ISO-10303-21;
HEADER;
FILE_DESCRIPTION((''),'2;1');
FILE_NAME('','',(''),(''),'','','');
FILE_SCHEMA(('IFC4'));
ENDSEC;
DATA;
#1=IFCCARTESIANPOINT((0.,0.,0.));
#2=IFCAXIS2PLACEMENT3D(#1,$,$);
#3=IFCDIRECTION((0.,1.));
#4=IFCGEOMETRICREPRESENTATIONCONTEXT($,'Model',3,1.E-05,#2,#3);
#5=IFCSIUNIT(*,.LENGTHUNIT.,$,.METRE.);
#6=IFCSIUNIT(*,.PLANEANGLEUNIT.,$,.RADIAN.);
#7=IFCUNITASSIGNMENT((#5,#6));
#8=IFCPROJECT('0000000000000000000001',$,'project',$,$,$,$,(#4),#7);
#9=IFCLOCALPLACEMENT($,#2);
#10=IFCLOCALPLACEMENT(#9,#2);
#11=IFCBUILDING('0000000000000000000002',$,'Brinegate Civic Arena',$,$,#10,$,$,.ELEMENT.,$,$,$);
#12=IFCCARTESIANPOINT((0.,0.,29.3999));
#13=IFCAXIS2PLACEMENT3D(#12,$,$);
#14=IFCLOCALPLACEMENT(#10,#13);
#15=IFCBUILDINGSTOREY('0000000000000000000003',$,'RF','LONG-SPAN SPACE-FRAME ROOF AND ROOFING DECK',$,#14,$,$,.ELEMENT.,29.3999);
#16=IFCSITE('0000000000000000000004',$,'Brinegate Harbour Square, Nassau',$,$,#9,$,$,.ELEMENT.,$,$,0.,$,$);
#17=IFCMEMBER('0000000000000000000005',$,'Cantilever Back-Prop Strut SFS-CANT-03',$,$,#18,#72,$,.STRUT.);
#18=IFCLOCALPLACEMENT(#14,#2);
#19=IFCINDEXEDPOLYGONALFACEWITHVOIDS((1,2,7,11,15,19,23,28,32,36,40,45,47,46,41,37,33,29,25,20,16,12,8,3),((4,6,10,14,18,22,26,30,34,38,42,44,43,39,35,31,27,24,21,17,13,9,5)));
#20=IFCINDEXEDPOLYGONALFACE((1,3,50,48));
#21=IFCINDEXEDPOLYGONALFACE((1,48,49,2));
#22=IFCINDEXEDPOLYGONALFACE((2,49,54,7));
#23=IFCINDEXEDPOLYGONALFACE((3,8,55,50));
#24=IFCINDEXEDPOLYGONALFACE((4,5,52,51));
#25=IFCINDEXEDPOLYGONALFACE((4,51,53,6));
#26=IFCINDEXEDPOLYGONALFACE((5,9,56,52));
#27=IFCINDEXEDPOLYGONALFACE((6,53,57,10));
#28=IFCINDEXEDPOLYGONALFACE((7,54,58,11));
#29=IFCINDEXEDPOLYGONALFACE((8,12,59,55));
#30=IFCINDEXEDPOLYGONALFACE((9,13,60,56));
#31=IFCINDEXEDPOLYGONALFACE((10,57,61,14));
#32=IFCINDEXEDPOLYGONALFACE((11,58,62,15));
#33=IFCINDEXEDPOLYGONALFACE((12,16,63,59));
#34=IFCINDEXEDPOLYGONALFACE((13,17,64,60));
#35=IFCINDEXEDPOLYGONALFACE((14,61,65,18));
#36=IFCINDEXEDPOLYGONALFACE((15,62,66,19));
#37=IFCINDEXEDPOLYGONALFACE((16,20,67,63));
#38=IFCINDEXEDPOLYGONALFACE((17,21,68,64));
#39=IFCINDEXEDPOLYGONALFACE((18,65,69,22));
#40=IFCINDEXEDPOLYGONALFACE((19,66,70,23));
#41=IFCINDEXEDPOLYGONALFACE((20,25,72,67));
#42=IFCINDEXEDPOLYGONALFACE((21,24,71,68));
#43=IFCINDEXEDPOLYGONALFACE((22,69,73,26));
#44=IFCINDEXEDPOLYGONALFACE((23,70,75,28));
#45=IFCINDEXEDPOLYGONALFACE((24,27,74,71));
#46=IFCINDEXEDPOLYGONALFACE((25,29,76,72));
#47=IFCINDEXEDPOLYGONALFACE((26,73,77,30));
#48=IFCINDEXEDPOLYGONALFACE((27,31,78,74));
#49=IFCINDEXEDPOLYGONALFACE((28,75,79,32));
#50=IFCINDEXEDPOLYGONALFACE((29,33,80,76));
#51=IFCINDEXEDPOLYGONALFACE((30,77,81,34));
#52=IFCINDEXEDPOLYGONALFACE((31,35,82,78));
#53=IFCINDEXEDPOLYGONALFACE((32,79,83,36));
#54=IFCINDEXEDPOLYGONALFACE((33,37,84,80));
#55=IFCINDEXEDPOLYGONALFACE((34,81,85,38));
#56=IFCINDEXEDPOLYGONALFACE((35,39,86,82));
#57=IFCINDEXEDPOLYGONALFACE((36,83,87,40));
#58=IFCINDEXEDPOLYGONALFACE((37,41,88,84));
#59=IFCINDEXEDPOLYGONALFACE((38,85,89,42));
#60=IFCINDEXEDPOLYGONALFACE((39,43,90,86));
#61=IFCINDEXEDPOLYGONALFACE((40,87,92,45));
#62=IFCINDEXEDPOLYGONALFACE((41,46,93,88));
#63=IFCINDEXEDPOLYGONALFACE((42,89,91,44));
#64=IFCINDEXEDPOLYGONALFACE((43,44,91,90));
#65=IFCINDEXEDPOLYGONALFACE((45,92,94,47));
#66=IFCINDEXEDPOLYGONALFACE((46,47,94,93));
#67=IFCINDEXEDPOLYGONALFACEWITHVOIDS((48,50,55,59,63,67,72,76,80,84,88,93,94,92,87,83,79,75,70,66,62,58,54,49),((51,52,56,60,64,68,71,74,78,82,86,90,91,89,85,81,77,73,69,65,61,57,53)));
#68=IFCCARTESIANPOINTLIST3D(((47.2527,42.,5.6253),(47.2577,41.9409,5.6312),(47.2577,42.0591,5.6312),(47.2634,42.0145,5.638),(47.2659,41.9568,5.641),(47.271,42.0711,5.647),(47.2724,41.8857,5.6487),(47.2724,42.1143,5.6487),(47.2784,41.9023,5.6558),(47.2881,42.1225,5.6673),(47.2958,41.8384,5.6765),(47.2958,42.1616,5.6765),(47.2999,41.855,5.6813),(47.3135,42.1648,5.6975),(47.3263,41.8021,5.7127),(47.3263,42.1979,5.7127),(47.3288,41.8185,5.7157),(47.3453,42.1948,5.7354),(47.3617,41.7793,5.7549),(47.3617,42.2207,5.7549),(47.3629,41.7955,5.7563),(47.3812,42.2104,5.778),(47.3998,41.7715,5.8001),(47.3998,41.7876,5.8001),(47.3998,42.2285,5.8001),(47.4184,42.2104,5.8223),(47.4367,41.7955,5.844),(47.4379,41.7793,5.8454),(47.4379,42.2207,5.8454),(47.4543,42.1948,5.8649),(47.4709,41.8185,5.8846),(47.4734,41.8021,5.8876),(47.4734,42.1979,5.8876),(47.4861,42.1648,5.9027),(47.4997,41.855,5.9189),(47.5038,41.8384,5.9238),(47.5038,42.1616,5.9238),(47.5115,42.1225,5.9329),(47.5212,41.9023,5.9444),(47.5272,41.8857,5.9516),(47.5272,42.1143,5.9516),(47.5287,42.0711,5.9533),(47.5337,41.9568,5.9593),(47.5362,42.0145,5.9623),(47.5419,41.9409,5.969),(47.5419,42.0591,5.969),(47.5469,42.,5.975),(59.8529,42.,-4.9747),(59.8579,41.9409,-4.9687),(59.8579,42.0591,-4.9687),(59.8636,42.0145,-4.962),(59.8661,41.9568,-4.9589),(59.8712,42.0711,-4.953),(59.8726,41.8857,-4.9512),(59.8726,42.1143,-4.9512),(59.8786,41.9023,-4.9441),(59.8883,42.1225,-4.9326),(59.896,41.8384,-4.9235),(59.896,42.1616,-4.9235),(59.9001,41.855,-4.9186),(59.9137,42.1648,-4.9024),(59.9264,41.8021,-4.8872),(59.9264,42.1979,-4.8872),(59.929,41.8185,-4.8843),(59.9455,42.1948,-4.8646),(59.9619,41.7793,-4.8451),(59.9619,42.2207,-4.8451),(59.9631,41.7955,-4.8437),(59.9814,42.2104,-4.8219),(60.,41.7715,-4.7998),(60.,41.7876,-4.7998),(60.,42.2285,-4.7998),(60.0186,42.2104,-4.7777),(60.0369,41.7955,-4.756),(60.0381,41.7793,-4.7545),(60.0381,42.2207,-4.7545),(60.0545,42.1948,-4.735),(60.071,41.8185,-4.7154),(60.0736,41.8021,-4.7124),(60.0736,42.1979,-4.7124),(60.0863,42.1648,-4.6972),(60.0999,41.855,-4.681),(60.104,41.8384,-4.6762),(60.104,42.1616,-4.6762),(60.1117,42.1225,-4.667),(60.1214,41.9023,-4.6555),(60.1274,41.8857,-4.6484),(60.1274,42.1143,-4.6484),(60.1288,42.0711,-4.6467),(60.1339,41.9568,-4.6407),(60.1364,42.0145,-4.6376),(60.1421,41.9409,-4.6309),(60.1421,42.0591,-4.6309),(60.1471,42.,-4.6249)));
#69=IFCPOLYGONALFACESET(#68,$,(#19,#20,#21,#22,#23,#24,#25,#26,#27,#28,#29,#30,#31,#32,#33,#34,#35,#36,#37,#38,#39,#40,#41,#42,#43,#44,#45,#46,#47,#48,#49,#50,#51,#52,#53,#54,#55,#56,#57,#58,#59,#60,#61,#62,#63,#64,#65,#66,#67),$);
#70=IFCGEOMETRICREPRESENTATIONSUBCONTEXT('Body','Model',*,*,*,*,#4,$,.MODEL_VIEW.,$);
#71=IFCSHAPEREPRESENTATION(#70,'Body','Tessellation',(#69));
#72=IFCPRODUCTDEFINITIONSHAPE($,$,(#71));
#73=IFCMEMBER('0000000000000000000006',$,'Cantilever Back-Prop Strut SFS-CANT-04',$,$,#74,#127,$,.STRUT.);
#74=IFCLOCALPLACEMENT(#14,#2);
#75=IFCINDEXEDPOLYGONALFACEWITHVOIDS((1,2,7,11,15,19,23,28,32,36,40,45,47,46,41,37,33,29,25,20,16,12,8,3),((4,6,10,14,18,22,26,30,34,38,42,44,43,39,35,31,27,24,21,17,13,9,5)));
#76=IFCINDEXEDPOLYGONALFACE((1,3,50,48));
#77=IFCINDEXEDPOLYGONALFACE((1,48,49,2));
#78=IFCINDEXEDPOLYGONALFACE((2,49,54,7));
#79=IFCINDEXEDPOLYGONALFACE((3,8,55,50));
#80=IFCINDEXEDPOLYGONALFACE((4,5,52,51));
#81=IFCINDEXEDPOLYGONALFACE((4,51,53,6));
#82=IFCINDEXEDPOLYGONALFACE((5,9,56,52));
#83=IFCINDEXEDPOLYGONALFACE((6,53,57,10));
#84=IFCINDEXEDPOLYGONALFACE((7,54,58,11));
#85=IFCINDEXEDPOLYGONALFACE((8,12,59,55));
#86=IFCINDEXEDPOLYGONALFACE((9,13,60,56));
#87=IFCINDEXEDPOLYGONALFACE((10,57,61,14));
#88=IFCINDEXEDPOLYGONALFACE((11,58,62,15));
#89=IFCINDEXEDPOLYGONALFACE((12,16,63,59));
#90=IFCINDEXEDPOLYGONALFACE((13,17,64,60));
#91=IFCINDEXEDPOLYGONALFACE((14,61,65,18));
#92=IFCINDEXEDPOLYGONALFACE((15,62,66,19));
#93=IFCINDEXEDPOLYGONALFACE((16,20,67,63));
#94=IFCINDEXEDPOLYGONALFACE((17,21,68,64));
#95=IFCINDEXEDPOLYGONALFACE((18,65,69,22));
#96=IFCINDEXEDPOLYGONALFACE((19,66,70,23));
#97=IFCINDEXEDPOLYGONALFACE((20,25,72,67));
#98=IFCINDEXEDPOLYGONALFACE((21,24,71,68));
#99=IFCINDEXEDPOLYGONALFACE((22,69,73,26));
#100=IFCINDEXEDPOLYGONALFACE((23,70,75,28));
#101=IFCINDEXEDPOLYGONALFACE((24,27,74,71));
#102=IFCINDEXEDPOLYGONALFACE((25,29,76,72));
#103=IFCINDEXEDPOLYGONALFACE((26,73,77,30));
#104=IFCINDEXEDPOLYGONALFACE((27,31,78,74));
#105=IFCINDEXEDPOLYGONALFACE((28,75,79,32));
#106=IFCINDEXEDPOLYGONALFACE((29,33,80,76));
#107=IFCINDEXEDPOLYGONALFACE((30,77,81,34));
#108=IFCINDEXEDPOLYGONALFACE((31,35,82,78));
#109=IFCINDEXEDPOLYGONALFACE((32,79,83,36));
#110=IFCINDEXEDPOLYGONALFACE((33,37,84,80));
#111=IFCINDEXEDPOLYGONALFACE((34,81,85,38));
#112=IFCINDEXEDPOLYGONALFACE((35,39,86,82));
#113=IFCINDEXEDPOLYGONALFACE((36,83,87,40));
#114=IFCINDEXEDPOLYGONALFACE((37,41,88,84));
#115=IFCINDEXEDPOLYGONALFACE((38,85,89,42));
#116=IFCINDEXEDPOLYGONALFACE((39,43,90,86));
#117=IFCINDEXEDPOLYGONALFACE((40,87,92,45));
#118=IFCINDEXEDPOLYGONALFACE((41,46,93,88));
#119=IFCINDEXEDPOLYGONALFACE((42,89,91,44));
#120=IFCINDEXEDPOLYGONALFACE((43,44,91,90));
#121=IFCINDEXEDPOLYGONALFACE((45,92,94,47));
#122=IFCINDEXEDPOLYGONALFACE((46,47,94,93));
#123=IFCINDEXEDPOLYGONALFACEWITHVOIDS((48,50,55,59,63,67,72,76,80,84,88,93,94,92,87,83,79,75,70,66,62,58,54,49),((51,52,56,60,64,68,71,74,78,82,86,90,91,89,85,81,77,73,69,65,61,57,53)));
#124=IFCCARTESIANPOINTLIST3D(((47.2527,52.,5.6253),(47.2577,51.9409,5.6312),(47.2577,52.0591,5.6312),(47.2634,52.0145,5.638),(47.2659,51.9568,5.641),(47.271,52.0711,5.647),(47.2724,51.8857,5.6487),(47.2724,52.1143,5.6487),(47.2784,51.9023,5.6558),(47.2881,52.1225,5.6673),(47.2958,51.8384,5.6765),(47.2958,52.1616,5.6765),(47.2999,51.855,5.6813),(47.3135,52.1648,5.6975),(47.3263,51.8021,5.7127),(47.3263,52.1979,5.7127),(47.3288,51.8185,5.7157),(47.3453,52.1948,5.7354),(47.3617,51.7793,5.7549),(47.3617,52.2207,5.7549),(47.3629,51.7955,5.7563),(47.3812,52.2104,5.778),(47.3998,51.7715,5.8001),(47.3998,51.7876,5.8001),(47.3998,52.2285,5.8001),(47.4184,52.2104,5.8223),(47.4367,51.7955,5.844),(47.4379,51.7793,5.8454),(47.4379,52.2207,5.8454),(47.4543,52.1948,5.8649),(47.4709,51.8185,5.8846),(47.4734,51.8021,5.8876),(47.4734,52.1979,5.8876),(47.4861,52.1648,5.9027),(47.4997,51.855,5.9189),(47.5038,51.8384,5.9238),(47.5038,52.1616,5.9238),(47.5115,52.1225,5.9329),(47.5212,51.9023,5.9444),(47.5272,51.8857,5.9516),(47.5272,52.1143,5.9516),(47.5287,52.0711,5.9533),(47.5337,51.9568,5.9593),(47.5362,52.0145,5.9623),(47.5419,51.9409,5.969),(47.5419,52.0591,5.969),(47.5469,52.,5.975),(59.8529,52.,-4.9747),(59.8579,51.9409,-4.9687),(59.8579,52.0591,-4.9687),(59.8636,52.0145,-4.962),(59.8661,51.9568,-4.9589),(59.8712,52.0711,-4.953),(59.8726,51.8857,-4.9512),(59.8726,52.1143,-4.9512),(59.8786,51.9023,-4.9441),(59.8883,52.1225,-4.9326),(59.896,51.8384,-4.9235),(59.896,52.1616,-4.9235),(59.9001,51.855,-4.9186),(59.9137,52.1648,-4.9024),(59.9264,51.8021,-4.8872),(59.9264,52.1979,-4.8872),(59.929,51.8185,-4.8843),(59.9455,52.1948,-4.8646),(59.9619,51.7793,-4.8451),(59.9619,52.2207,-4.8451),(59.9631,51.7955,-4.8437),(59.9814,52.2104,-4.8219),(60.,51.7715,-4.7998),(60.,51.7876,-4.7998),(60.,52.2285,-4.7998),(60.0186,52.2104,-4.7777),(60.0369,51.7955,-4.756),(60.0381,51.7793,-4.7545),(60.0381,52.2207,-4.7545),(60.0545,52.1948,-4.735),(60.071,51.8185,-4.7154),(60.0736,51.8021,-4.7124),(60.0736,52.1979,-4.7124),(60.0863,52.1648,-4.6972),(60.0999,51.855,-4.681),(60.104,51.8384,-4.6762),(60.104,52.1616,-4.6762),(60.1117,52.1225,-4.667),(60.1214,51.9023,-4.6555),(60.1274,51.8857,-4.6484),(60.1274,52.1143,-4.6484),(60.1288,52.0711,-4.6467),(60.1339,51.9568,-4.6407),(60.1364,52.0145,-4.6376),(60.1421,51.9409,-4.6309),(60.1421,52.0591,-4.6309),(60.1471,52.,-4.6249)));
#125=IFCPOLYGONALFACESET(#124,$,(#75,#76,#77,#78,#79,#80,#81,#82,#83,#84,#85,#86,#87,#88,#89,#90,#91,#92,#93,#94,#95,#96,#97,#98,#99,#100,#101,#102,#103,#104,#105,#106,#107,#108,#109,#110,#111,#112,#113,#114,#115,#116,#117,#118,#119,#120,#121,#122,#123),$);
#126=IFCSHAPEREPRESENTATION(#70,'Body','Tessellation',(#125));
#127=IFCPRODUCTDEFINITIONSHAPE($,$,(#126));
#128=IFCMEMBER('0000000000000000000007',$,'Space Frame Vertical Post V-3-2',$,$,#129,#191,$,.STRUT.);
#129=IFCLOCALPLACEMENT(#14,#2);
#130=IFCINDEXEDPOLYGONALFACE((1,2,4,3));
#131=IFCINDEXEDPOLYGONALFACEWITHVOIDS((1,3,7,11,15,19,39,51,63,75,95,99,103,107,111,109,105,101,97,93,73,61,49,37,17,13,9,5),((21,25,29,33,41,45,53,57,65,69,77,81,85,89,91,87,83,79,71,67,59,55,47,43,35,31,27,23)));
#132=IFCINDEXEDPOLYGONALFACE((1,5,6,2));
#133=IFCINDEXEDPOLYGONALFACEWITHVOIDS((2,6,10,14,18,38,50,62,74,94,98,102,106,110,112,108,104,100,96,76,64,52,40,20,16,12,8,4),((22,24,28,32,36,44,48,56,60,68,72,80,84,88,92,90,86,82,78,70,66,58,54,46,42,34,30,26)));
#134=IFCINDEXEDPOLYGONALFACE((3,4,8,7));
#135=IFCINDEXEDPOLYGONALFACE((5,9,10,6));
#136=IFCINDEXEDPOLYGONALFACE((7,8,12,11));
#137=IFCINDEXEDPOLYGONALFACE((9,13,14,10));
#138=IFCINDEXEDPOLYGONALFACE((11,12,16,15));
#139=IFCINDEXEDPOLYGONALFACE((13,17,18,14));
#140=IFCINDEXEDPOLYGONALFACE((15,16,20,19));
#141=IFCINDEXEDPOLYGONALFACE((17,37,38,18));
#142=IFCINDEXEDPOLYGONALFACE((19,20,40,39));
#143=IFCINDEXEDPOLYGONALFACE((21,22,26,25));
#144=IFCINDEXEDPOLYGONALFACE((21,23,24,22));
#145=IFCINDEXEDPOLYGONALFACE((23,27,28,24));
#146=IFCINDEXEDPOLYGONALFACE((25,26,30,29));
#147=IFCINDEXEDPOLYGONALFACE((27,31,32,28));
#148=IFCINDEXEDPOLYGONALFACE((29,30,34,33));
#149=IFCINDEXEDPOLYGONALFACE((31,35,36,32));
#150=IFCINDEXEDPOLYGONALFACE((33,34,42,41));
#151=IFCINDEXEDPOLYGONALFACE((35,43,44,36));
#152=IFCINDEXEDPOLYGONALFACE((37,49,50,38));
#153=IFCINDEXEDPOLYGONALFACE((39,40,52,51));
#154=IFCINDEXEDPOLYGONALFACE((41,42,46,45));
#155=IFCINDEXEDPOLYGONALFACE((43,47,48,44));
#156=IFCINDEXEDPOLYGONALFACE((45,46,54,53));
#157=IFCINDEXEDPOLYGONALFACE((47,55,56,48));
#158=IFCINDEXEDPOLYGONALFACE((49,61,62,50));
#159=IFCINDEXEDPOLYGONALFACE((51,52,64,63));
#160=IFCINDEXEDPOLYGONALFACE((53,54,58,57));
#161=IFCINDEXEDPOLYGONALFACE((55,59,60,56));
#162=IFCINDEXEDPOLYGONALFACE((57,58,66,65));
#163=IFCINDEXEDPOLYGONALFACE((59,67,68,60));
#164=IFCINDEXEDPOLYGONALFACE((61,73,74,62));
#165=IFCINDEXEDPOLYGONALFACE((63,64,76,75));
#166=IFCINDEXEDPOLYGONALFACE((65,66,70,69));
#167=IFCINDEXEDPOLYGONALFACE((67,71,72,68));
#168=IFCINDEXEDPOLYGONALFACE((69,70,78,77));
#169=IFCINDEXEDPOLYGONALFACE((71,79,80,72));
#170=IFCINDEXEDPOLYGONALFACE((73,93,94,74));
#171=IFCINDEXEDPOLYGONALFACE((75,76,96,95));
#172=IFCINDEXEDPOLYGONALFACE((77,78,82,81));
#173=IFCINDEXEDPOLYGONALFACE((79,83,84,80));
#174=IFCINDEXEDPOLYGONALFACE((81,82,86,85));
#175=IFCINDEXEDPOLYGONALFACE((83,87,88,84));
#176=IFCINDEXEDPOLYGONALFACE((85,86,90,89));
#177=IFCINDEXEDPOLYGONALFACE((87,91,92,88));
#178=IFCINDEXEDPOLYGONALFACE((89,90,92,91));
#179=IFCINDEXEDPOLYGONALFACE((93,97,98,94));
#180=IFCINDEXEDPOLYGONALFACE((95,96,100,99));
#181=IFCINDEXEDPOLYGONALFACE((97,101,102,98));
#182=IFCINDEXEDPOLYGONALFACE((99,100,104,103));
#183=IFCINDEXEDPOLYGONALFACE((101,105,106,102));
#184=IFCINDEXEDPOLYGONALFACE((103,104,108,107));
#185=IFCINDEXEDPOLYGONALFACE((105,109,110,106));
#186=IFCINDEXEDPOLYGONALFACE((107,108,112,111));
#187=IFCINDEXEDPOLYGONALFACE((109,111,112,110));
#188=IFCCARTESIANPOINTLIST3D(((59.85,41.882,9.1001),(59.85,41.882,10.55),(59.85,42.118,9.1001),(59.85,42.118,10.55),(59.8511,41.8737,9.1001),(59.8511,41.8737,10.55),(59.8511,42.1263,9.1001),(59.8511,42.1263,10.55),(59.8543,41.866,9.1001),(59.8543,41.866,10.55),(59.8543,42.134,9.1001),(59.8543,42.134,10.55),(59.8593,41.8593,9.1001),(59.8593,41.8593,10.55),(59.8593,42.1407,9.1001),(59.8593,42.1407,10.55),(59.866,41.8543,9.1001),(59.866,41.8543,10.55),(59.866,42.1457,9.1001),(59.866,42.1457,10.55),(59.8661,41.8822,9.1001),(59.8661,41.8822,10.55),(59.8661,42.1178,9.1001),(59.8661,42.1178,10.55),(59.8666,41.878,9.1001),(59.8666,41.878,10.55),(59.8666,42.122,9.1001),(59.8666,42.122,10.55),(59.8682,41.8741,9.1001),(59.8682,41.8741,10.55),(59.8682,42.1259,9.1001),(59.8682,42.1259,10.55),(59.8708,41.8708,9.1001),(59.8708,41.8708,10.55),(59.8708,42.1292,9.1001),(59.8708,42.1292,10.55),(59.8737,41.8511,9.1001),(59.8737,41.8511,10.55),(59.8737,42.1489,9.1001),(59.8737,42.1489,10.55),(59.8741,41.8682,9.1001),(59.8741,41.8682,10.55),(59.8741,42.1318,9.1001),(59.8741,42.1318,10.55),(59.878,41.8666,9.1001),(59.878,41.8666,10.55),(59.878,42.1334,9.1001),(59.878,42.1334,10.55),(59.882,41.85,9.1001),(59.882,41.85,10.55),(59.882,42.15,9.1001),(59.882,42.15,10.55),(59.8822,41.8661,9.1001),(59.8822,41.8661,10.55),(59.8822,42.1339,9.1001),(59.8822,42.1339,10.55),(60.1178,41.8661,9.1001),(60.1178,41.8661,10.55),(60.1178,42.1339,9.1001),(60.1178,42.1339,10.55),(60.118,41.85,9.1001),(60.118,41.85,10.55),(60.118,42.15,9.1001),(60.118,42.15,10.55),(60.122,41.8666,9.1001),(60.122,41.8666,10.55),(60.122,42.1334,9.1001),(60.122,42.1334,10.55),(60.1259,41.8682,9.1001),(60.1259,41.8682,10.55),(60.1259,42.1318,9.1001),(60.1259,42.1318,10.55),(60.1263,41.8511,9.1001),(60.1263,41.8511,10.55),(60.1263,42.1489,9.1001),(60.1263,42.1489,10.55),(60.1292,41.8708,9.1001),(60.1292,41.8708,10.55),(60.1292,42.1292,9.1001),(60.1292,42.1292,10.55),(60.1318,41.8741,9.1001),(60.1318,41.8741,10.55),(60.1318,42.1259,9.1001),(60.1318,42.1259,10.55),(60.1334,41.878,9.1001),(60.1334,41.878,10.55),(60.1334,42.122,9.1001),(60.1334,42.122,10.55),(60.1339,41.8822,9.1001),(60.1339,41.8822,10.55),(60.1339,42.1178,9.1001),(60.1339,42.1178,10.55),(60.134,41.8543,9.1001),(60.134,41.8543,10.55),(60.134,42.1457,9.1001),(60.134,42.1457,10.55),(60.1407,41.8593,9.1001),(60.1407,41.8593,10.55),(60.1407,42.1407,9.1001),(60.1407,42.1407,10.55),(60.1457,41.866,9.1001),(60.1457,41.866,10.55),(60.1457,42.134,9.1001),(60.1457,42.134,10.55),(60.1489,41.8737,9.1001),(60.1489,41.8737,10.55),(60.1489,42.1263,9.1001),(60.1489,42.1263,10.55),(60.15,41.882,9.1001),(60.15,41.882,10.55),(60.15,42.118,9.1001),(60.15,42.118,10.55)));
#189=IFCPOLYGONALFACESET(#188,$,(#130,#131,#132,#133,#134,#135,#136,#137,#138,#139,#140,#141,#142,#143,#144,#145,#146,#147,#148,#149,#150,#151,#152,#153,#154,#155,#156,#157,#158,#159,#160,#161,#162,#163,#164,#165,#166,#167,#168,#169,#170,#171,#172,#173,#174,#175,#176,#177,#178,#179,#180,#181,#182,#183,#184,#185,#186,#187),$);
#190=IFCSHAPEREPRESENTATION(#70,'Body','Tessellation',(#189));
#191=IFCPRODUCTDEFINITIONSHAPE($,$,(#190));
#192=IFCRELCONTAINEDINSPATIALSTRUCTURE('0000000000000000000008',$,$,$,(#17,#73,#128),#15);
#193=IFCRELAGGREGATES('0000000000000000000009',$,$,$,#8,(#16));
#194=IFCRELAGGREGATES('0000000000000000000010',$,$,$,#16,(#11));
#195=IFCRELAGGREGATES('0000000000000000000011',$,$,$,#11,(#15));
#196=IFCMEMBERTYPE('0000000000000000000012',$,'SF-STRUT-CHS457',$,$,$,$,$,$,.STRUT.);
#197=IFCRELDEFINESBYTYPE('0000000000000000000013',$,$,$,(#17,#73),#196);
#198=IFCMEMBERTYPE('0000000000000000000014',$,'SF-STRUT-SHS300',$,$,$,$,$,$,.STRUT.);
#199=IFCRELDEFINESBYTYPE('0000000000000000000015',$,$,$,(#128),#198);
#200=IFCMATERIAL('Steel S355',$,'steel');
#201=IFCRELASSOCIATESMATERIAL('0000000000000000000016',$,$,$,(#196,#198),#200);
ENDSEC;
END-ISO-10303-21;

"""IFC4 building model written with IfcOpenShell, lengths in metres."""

from ifc_helpers import new_model, si_unit, direction, frame, origin, origin_2d, place, context, subcontext, project, spatial, hollow_rectangle, hollow_circle, extrude, material, material_profile, profile_set, type_object, element, save


model = new_model("IFC4")

# Units and contexts
model_context = context("Model", 3, precision=1e-05, world=origin(), true_north=direction((0.0, 1.0)))
body_context = subcontext(model_context, "Body", "Model", "MODEL_VIEW")
ifc_project = project(units=[si_unit("LENGTHUNIT", "METRE"), si_unit("PLANEANGLEUNIT", "RADIAN")], contexts=[model_context])

# Site, building, storey
site_placement = place(None, origin())
site = spatial("IfcSite", under=ifc_project, at=site_placement, Name="Brinegate Harbour Square, Nassau", CompositionType="ELEMENT", RefElevation=0.0)
building_placement = place(site_placement, origin())
building = spatial("IfcBuilding", under=site, at=building_placement, Name="Brinegate Civic Arena", CompositionType="ELEMENT")
storey_placement = place(building_placement, frame((0.0, 0.0, 29.3999)))
storey = spatial("IfcBuildingStorey", under=building, at=storey_placement, Name="RF", Description="LONG-SPAN SPACE-FRAME ROOF AND ROOFING DECK", CompositionType="ELEMENT", Elevation=29.3999)

# Shared definitions
ifc_material_1 = material(Name="Steel S355", Category="steel")

# Members
ifc_material_profile_1 = material_profile(ifc_material_1, hollow_circle(Radius=0.2285, WallThickness=0.0161, at=origin_2d()), Name="CHS457X16")
ifc_profile_set_1 = profile_set([ifc_material_profile_1], Name="Steel S355")
member_type_1 = type_object("IfcMemberType", Name="SF-STRUT-CHS457", PredefinedType="STRUT", material=ifc_profile_set_1)
for number, where, z_axis, x_axis, name in (
    (1, (60.0, 42.0, -4.7998), (-0.765233, 0.0, 0.643753), (0.0, -1.0, 0.0), "Cantilever Back-Prop Strut SFS-CANT-03"),
    (2, (60.0, 52.0, -4.7998), (-0.765233, 0.0, 0.643753), (0.0, -1.0, 0.0), "Cantilever Back-Prop Strut SFS-CANT-04"),
):
    element("IfcMember", number, at=place(storey_placement, frame(where, z_axis=z_axis, x_axis=x_axis)), inside=storey, type_object=member_type_1, Name=name, PredefinedType="STRUT", context=body_context, shape_type="SweptSolid", body=[
        extrude(hollow_circle(Radius=0.2285, WallThickness=0.0161, at=origin_2d()), origin(), (0.0, 0.0, 1.0), 16.4658),
    ])
ifc_material_profile_2 = material_profile(ifc_material_1, hollow_rectangle(XDim=0.3, YDim=0.3, WallThickness=0.0161, InnerFilletRadius=0.0161, OuterFilletRadius=0.032, at=origin_2d()), Name="SHS300X16")
ifc_profile_set_2 = profile_set([ifc_material_profile_2], Name="Steel S355")
member_type_2 = type_object("IfcMemberType", Name="SF-STRUT-SHS300", PredefinedType="STRUT", material=ifc_profile_set_2)
for number, where, z_axis, x_axis, name in (
    (3, (60.0, 42.0, 9.1001), (0.0, 0.0, 1.0), (1.0, 0.0, 0.0), "Space Frame Vertical Post V-3-2"),
):
    element("IfcMember", number, at=place(storey_placement, frame(where, z_axis=z_axis, x_axis=x_axis)), inside=storey, type_object=member_type_2, Name=name, PredefinedType="STRUT", context=body_context, shape_type="SweptSolid", body=[
        extrude(hollow_rectangle(XDim=0.3, YDim=0.3, WallThickness=0.0161, InnerFilletRadius=0.0161, OuterFilletRadius=0.032, at=origin_2d()), origin(), (0.0, 0.0, 1.0), 1.45),
    ])

save(model, "model.ifc")
